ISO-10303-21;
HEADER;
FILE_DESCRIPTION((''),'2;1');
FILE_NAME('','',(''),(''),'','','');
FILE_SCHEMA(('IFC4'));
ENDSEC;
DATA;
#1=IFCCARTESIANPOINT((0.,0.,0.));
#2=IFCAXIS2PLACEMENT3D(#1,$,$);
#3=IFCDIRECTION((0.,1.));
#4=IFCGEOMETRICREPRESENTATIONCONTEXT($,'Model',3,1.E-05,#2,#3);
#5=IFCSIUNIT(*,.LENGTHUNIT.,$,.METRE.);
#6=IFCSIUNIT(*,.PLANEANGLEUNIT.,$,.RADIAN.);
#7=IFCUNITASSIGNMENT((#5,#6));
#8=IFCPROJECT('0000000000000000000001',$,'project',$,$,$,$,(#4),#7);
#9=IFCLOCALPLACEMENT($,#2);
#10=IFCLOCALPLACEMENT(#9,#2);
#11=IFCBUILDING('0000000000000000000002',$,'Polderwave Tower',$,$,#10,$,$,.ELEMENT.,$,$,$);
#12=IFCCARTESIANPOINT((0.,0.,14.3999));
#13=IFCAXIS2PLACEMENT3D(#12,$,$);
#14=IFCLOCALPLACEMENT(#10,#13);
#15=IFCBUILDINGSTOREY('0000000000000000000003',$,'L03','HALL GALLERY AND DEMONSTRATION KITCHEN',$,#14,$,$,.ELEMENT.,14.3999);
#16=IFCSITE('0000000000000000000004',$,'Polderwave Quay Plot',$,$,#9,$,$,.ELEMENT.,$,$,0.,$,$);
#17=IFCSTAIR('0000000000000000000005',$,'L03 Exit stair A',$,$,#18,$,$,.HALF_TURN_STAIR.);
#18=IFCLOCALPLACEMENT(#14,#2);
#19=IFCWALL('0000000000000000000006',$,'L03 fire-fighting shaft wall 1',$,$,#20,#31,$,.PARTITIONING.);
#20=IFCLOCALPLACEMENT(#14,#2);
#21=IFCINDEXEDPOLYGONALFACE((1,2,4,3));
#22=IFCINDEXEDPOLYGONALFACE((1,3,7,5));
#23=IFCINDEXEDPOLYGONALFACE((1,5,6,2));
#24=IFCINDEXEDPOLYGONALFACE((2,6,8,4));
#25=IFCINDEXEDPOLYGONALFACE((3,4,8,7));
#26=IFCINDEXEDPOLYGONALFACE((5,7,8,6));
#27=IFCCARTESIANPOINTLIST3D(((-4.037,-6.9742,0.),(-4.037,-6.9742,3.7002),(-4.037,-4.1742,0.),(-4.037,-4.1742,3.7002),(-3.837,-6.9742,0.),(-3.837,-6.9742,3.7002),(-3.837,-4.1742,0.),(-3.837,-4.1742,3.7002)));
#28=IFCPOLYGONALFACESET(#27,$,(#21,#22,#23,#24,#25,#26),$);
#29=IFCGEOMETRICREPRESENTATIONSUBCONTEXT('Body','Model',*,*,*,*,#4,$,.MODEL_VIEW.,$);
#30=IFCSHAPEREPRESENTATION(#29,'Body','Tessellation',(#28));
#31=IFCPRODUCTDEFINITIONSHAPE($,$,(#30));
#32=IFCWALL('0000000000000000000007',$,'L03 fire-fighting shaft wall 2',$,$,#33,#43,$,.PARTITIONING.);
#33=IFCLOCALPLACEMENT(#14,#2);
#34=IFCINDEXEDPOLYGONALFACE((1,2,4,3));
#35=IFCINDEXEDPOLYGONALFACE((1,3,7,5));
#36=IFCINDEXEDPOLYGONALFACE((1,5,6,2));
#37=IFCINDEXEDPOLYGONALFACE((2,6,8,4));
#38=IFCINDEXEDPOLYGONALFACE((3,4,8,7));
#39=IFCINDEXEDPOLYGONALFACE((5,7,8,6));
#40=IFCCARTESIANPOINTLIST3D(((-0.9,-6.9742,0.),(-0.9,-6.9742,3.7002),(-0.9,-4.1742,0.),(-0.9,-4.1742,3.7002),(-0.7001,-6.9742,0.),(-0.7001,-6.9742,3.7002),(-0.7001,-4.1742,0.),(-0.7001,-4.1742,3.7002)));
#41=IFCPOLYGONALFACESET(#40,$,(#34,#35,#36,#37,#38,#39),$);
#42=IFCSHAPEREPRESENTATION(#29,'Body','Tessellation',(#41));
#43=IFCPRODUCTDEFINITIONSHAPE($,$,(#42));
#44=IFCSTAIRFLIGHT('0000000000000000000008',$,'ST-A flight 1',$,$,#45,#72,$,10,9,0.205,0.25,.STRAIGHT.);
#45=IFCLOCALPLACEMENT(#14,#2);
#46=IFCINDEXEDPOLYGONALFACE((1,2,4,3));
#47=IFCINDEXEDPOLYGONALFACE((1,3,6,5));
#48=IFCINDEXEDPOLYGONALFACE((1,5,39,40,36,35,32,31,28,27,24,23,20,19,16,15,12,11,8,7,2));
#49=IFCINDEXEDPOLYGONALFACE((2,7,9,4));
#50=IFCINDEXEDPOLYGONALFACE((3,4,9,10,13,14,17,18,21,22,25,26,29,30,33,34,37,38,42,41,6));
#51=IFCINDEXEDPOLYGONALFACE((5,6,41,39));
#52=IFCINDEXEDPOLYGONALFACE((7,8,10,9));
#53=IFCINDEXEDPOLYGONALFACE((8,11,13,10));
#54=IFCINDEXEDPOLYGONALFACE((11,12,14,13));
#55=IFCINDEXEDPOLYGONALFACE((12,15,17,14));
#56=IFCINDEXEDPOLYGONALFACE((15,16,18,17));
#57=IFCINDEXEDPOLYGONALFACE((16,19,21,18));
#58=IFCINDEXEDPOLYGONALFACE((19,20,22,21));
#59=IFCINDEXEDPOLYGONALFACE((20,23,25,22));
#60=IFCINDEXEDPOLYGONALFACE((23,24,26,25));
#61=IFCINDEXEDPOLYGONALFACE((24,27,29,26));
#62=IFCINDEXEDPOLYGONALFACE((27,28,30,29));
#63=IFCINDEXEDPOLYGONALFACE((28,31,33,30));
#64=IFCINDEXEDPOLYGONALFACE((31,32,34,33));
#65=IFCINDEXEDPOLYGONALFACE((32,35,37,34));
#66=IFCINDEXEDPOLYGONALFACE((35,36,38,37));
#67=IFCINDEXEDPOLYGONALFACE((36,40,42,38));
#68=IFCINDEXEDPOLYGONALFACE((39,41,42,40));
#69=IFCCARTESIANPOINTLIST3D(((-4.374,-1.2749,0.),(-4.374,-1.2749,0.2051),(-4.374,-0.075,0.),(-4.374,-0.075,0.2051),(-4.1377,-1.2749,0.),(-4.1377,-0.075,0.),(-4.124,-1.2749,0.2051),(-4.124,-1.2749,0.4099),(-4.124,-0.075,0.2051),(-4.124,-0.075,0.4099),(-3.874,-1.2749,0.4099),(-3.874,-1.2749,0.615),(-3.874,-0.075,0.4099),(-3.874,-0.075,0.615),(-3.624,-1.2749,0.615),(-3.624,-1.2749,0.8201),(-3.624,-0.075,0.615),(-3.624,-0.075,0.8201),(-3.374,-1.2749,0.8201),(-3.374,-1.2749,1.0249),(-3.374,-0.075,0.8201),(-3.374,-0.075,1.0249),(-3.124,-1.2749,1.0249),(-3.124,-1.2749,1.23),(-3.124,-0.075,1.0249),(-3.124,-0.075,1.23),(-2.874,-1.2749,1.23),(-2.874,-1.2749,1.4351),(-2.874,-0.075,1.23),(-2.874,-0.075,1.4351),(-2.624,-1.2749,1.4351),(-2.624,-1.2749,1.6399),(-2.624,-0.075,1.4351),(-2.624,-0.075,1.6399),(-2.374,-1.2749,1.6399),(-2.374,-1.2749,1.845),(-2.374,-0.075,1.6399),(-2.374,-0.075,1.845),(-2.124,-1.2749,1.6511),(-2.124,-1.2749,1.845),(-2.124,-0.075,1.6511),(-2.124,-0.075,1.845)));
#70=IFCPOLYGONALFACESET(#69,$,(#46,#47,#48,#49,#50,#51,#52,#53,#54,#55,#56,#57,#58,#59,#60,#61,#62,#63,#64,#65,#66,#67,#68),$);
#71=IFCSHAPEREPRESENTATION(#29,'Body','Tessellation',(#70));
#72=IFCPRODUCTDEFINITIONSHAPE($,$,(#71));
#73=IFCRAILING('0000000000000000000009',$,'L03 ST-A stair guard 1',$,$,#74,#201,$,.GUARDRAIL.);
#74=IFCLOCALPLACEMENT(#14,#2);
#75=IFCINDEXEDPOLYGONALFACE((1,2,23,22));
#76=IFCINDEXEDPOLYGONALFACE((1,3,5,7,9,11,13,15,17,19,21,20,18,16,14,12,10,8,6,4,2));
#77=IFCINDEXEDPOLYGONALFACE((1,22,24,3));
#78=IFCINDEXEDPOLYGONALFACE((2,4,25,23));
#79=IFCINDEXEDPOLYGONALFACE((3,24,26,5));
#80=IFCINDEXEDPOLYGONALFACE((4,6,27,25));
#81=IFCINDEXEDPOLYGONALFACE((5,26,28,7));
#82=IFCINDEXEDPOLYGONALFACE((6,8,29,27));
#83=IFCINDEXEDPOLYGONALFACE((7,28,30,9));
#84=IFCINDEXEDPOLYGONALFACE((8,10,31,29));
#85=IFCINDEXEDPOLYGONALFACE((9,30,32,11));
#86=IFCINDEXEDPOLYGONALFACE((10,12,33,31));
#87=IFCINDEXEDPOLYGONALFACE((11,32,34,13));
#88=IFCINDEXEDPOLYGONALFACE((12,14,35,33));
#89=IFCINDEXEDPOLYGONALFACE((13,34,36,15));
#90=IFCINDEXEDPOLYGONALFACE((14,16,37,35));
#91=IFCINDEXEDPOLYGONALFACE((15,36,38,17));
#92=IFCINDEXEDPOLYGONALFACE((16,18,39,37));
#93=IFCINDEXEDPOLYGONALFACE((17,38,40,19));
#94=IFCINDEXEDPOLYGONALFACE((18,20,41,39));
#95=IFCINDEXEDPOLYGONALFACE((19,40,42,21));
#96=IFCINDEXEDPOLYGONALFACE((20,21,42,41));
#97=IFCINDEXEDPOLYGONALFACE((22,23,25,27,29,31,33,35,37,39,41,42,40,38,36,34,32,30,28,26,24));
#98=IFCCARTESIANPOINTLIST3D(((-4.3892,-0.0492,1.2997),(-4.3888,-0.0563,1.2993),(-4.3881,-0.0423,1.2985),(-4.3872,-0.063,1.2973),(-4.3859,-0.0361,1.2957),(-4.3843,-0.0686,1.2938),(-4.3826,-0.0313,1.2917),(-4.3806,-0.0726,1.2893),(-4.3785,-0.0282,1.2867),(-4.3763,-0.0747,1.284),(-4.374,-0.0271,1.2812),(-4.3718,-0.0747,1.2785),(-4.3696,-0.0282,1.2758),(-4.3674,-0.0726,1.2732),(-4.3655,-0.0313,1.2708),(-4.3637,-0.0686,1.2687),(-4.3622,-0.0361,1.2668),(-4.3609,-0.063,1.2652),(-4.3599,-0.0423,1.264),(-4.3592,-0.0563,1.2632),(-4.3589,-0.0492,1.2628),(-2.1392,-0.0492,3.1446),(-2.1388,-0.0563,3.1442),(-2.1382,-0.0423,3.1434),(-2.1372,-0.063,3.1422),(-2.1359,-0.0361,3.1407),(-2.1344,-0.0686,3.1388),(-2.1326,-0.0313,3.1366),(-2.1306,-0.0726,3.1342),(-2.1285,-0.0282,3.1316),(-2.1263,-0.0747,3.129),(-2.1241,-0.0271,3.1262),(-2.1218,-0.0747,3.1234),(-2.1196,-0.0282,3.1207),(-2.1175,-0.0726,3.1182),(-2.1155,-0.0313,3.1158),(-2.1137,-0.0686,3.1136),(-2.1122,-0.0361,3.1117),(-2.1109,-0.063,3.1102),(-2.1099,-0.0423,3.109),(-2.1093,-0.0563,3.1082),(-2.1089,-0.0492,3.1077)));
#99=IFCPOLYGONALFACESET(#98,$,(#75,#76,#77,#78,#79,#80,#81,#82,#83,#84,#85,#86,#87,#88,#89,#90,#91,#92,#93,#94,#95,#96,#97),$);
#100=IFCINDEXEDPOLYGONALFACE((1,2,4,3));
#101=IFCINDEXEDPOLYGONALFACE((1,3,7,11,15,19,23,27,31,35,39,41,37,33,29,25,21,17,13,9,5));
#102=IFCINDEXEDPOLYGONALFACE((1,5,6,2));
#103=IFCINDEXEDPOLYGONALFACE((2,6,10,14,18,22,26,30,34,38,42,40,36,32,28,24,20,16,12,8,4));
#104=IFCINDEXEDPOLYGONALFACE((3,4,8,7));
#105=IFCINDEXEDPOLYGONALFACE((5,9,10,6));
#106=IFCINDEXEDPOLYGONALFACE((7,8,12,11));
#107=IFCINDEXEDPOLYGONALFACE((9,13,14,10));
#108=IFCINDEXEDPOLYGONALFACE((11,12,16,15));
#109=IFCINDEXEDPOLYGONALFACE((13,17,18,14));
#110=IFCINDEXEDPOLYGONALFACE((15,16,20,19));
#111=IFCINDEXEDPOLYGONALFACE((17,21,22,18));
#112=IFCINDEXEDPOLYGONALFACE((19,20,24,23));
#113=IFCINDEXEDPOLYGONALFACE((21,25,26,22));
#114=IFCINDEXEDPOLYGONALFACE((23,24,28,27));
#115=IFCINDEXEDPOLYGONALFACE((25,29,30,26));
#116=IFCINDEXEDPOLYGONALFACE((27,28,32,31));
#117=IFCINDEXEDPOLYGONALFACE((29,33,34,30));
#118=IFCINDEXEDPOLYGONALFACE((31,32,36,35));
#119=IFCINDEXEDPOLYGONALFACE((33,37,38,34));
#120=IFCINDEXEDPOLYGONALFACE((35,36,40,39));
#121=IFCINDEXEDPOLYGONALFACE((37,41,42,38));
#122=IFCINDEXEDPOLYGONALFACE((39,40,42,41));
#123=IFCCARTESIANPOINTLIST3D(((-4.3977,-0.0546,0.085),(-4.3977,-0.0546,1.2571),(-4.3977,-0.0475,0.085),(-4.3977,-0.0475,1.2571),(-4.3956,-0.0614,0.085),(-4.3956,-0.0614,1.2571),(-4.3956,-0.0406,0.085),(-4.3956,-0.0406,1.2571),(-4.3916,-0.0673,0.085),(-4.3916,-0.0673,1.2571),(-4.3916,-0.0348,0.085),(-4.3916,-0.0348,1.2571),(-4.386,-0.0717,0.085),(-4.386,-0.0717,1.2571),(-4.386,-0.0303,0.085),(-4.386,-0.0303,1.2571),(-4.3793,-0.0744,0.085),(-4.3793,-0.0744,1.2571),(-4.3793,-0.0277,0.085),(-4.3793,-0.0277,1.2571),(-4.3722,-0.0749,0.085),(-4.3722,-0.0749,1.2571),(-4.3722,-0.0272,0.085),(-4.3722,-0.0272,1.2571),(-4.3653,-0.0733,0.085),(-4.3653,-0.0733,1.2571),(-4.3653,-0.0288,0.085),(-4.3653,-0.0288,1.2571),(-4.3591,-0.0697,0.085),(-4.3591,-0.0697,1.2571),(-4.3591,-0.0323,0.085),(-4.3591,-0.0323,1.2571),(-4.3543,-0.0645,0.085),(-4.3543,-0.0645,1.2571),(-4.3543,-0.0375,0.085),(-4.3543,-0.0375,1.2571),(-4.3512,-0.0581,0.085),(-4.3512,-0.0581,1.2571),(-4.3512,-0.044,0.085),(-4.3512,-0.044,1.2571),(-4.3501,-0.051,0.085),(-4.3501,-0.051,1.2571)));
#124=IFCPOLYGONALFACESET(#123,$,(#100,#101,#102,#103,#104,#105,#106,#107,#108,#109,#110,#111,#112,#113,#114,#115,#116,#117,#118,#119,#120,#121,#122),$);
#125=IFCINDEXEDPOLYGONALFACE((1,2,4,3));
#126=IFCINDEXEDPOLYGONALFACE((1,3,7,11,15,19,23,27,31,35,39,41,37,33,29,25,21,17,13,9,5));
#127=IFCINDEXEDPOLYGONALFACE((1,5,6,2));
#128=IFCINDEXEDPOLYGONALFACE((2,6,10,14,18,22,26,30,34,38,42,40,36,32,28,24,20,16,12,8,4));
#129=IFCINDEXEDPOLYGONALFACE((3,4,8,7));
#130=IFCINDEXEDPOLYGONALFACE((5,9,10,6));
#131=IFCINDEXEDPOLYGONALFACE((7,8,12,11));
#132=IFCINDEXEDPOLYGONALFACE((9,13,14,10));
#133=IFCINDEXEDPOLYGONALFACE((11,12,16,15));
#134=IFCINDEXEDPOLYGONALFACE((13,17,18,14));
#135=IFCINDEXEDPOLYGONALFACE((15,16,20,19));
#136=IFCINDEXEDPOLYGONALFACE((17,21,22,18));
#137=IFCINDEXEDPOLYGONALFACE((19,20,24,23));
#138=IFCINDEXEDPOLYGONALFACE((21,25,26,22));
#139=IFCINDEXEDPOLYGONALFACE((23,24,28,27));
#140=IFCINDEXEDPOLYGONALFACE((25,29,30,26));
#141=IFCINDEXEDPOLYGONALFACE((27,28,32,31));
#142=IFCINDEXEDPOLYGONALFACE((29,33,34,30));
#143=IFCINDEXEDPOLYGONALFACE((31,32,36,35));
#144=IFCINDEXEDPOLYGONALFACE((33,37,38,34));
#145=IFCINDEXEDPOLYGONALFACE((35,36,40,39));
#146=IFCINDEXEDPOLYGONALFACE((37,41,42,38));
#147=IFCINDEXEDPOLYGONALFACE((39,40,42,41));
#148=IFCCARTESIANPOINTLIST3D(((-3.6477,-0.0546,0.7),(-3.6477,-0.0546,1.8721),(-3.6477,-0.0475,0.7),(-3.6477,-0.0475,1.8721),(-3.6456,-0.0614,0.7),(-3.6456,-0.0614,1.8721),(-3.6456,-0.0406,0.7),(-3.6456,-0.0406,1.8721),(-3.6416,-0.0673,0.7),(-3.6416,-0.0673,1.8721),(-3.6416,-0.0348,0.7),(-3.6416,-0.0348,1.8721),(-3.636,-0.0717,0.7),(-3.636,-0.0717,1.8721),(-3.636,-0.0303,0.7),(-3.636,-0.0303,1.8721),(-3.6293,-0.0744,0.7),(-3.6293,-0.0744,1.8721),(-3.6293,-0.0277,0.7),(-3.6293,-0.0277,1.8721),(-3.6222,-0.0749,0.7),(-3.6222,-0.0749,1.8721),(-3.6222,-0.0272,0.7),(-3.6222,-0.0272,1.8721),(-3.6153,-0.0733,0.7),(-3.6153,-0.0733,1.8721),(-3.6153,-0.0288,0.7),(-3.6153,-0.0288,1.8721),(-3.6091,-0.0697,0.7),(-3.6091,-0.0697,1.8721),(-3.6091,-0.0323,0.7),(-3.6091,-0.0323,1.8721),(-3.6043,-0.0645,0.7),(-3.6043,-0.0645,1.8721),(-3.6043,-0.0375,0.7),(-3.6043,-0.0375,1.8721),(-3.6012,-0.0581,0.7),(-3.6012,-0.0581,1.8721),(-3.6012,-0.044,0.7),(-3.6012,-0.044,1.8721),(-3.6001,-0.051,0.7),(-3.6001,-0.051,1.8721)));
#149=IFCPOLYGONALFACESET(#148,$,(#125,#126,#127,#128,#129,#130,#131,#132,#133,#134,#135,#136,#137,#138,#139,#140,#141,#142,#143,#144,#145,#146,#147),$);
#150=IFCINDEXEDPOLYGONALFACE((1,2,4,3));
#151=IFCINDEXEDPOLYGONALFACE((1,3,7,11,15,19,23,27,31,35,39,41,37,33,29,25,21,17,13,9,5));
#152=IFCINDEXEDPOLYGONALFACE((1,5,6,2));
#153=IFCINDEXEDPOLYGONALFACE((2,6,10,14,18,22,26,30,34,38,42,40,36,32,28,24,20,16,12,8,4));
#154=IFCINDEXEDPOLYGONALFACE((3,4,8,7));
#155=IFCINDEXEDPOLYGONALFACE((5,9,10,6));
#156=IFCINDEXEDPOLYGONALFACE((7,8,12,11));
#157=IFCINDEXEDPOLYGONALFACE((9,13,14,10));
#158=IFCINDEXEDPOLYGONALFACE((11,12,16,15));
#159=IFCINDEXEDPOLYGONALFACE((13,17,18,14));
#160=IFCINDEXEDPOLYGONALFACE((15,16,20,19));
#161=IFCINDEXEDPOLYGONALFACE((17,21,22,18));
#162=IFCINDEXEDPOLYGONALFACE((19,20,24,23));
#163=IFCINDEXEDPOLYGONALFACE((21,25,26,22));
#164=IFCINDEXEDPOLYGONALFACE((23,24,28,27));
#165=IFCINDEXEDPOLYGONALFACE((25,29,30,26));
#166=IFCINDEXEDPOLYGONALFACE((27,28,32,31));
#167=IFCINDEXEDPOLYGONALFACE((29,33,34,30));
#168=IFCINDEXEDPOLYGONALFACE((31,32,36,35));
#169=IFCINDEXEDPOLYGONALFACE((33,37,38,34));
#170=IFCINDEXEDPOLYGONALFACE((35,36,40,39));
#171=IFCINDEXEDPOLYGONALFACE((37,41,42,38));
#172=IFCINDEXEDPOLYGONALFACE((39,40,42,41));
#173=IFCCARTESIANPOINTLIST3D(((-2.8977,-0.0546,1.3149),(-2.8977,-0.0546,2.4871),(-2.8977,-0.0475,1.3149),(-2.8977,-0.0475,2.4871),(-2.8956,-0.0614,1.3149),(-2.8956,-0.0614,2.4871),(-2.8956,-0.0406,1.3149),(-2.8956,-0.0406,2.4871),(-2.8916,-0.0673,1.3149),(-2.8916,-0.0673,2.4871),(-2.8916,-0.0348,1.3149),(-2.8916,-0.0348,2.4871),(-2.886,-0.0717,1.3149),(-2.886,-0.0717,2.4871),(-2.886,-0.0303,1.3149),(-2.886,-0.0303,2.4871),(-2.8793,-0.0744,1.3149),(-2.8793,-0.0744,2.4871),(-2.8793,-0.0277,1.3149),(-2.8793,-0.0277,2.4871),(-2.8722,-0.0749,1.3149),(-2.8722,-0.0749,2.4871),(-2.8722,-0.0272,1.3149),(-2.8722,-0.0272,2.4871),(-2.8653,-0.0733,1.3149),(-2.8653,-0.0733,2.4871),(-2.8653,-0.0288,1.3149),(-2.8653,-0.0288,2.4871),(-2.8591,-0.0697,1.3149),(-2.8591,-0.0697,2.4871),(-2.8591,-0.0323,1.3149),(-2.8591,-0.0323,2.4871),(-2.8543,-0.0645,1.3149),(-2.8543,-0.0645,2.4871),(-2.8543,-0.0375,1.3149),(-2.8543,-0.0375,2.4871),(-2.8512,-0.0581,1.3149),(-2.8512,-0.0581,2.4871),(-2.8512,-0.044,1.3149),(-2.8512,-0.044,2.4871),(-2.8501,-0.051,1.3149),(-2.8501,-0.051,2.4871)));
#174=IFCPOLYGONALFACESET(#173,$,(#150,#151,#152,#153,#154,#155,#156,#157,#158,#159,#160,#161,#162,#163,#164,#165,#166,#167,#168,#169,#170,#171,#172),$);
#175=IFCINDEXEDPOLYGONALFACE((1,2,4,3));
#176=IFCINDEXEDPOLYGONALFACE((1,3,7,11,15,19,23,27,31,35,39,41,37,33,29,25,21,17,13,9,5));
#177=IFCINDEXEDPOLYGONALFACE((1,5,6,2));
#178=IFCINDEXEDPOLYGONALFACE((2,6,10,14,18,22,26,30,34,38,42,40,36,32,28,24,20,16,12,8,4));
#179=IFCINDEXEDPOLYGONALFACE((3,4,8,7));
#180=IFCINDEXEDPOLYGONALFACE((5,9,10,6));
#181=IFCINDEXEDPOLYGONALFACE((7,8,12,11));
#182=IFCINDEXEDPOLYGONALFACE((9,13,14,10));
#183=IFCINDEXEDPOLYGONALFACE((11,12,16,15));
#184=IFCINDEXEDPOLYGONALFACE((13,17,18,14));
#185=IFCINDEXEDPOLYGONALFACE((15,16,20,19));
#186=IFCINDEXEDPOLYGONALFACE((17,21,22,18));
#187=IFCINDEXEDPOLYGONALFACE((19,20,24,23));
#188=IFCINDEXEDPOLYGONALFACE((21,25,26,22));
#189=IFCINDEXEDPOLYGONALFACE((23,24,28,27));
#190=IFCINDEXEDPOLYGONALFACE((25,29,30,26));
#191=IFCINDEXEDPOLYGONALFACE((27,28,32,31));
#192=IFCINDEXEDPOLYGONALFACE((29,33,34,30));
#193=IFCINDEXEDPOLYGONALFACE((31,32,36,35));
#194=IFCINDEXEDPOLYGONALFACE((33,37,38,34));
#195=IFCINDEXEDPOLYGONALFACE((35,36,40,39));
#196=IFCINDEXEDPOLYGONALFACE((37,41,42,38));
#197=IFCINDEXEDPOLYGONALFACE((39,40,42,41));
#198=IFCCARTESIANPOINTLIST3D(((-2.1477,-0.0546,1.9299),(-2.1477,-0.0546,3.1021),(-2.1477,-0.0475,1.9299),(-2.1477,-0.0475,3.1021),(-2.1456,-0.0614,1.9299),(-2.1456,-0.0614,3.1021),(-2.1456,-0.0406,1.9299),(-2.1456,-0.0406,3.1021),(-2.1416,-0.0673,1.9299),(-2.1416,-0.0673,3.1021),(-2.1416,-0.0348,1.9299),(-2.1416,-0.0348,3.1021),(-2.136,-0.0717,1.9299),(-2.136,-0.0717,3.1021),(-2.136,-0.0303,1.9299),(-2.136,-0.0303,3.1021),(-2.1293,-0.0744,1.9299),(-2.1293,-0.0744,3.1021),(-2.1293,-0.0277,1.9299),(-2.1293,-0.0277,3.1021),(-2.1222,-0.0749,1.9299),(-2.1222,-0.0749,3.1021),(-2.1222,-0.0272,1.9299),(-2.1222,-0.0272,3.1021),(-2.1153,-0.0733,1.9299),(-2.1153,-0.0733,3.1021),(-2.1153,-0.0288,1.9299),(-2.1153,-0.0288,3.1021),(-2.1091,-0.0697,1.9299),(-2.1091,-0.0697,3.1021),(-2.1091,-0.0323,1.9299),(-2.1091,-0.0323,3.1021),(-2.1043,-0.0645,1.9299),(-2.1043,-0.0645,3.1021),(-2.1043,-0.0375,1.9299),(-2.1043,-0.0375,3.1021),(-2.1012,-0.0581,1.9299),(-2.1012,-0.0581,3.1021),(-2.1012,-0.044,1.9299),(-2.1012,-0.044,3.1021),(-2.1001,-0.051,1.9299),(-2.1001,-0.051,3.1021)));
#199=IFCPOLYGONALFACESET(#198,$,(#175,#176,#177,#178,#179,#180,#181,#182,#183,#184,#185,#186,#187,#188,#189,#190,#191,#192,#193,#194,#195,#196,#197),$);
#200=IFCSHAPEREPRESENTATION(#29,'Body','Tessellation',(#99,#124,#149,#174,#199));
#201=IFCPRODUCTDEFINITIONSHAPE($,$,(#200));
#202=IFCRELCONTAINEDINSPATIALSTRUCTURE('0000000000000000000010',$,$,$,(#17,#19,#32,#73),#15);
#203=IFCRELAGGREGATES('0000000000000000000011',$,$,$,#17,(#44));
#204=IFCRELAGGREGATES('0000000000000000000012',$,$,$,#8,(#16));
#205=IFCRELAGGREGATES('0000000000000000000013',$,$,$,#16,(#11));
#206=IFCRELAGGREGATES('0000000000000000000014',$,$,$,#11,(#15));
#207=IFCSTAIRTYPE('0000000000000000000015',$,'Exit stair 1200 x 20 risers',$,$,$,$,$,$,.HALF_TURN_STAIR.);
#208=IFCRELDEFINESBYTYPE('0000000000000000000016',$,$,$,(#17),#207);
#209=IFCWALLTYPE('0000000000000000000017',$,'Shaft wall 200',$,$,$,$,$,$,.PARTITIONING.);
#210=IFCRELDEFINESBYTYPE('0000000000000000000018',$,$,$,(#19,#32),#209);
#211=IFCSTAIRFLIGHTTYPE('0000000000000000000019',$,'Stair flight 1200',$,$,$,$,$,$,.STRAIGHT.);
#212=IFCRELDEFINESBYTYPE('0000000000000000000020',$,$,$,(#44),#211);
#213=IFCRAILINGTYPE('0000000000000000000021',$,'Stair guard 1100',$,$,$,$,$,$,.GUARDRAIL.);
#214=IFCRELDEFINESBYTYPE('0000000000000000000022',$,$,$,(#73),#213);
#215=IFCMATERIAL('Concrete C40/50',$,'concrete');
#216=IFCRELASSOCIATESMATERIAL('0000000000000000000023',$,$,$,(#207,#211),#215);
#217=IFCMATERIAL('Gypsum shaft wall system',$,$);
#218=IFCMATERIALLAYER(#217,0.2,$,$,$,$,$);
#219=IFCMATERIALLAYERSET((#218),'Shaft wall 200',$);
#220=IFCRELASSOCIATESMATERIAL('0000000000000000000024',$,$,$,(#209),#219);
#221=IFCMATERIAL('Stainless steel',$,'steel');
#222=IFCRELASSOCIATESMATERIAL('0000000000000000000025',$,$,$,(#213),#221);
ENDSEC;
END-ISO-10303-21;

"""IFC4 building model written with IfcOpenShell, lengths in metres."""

from ifc_helpers import new_model, si_unit, direction, frame, frame_2d, origin, origin_2d, place, context, subcontext, project, spatial, polyline, rectangle, circle, outline, extrude, material, layer, layer_set, type_object, element, aggregate, save


model = new_model("IFC4")

# Units and contexts
model_context = context("Model", 3, precision=1e-05, world=origin(), true_north=direction((0.0, 1.0)))
body_context = subcontext(model_context, "Body", "Model", "MODEL_VIEW")
ifc_project = project(units=[si_unit("LENGTHUNIT", "METRE"), si_unit("PLANEANGLEUNIT", "RADIAN")], contexts=[model_context])

# Site, building, storey
site_placement = place(None, origin())
site = spatial("IfcSite", under=ifc_project, at=site_placement, Name="Polderwave Quay Plot", CompositionType="ELEMENT", RefElevation=0.0)
building_placement = place(site_placement, origin())
building = spatial("IfcBuilding", under=site, at=building_placement, Name="Polderwave Tower", CompositionType="ELEMENT")
storey_placement = place(building_placement, frame((0.0, 0.0, 14.3999)))
storey = spatial("IfcBuildingStorey", under=building, at=storey_placement, Name="L03", Description="HALL GALLERY AND DEMONSTRATION KITCHEN", CompositionType="ELEMENT", Elevation=14.3999)

# Shared definitions
ifc_material_1 = material(Name="Concrete C40/50", Category="concrete")

# Stair
stair_type = type_object("IfcStairType", Name="Exit stair 1200 x 20 risers", PredefinedType="HALF_TURN_STAIR", material=ifc_material_1)
stair_placement = place(storey_placement, origin())
stair = element("IfcStair", 1, at=stair_placement, inside=storey, type_object=stair_type, Name="L03 Exit stair A", PredefinedType="HALF_TURN_STAIR")

# Walls
ifc_material_2 = material(Name="Gypsum shaft wall system")
ifc_layer_1 = layer(ifc_material_2, 0.2)
ifc_layer_set_1 = layer_set([ifc_layer_1], Name="Shaft wall 200")
wall_type_1 = type_object("IfcWallType", Name="Shaft wall 200", PredefinedType="PARTITIONING", material=ifc_layer_set_1)
for number, where, z_axis, x_axis, name in (
    (2, (-3.937, -6.9741, 0.0), (0.0, 0.0, 1.0), (0.0, 1.0, 0.0), "L03 fire-fighting shaft wall 1"),
    (3, (-0.8, -6.9741, 0.0), (0.0, 0.0, 1.0), (0.0, 1.0, 0.0), "L03 fire-fighting shaft wall 2"),
):
    element("IfcWall", number, at=place(storey_placement, frame(where, z_axis=z_axis, x_axis=x_axis)), inside=storey, type_object=wall_type_1, Name=name, PredefinedType="PARTITIONING", context=body_context, shape_type="SweptSolid", body=[
        extrude(rectangle(XDim=2.8, YDim=0.2, at=frame_2d((1.3999, 0.0))), origin(), (0.0, 0.0, 1.0), 3.7002),
    ])

# Stair flight
stair_flight_type = type_object("IfcStairFlightType", Name="Stair flight 1200", PredefinedType="STRAIGHT", material=ifc_material_1)
stair_flight_placement = place(storey_placement, frame((-4.374, -0.675, 0.0), z_axis=(0.0, 0.0, 1.0), x_axis=(1.0, 0.0, 0.0)))
stair_flight = element("IfcStairFlight", 4, at=stair_flight_placement, type_object=stair_flight_type, Name="ST-A flight 1", NumberOfRisers=10, NumberOfTreads=9, PredefinedType="STRAIGHT", RiserHeight=0.205, TreadLength=0.25, context=body_context, shape_type="SweptSolid", body=[
    extrude(outline(polyline([(0.0, 0.0), (0.0, 0.2051), (0.25, 0.2051), (0.25, 0.4099), (0.5, 0.4099), (0.5, 0.615), (0.75, 0.615), (0.75, 0.8201), (1.0, 0.8201), (1.0, 1.0249), (1.25, 1.0249), (1.25, 1.23), (1.5, 1.23), (1.5, 1.4351), (1.75, 1.4351), (1.75, 1.6399), (2.0, 1.6399), (2.0, 1.845), (2.25, 1.845), (2.25, 2.05), (2.25, 1.6511), (0.2363, 0.0), (0.0, 0.0)])), frame((0.0, 0.6001, 0.0), z_axis=(0.0, -1.0, 0.0), x_axis=(1.0, 0.0, 0.0)), (0.0, 0.0, 1.0), 1.2),
])
aggregate(stair, [stair_flight])

# Railing
ifc_material_3 = material(Name="Stainless steel", Category="steel")
railing_type_1 = type_object("IfcRailingType", Name="Stair guard 1100", PredefinedType="GUARDRAIL", material=ifc_material_3)
railing_1_placement = place(storey_placement, frame((-4.374, -0.051, 0.085)))
element("IfcRailing", 5, at=railing_1_placement, inside=storey, type_object=railing_type_1, Name="L03 ST-A stair guard 1", PredefinedType="GUARDRAIL", context=body_context, shape_type="SweptSolid", body=[
    extrude(circle(Radius=0.0239, at=origin_2d()), frame((0.0, 0.0, 1.1963), z_axis=(0.773273, 0.0, 0.634074), x_axis=(0.0, 1.0, 0.0)), (0.0, 0.0, 1.0), 2.9097),
    extrude(circle(Radius=0.0239, at=origin_2d()), origin(), (0.0, 0.0, 1.0), 1.1721),
    extrude(circle(Radius=0.0239, at=origin_2d()), frame((0.75, 0.0, 0.615)), (0.0, 0.0, 1.0), 1.1721),
    extrude(circle(Radius=0.0239, at=origin_2d()), frame((1.5, 0.0, 1.23)), (0.0, 0.0, 1.0), 1.1721),
    extrude(circle(Radius=0.0239, at=origin_2d()), frame((2.25, 0.0, 1.845)), (0.0, 0.0, 1.0), 1.1721),
])

save(model, "model.ifc")
